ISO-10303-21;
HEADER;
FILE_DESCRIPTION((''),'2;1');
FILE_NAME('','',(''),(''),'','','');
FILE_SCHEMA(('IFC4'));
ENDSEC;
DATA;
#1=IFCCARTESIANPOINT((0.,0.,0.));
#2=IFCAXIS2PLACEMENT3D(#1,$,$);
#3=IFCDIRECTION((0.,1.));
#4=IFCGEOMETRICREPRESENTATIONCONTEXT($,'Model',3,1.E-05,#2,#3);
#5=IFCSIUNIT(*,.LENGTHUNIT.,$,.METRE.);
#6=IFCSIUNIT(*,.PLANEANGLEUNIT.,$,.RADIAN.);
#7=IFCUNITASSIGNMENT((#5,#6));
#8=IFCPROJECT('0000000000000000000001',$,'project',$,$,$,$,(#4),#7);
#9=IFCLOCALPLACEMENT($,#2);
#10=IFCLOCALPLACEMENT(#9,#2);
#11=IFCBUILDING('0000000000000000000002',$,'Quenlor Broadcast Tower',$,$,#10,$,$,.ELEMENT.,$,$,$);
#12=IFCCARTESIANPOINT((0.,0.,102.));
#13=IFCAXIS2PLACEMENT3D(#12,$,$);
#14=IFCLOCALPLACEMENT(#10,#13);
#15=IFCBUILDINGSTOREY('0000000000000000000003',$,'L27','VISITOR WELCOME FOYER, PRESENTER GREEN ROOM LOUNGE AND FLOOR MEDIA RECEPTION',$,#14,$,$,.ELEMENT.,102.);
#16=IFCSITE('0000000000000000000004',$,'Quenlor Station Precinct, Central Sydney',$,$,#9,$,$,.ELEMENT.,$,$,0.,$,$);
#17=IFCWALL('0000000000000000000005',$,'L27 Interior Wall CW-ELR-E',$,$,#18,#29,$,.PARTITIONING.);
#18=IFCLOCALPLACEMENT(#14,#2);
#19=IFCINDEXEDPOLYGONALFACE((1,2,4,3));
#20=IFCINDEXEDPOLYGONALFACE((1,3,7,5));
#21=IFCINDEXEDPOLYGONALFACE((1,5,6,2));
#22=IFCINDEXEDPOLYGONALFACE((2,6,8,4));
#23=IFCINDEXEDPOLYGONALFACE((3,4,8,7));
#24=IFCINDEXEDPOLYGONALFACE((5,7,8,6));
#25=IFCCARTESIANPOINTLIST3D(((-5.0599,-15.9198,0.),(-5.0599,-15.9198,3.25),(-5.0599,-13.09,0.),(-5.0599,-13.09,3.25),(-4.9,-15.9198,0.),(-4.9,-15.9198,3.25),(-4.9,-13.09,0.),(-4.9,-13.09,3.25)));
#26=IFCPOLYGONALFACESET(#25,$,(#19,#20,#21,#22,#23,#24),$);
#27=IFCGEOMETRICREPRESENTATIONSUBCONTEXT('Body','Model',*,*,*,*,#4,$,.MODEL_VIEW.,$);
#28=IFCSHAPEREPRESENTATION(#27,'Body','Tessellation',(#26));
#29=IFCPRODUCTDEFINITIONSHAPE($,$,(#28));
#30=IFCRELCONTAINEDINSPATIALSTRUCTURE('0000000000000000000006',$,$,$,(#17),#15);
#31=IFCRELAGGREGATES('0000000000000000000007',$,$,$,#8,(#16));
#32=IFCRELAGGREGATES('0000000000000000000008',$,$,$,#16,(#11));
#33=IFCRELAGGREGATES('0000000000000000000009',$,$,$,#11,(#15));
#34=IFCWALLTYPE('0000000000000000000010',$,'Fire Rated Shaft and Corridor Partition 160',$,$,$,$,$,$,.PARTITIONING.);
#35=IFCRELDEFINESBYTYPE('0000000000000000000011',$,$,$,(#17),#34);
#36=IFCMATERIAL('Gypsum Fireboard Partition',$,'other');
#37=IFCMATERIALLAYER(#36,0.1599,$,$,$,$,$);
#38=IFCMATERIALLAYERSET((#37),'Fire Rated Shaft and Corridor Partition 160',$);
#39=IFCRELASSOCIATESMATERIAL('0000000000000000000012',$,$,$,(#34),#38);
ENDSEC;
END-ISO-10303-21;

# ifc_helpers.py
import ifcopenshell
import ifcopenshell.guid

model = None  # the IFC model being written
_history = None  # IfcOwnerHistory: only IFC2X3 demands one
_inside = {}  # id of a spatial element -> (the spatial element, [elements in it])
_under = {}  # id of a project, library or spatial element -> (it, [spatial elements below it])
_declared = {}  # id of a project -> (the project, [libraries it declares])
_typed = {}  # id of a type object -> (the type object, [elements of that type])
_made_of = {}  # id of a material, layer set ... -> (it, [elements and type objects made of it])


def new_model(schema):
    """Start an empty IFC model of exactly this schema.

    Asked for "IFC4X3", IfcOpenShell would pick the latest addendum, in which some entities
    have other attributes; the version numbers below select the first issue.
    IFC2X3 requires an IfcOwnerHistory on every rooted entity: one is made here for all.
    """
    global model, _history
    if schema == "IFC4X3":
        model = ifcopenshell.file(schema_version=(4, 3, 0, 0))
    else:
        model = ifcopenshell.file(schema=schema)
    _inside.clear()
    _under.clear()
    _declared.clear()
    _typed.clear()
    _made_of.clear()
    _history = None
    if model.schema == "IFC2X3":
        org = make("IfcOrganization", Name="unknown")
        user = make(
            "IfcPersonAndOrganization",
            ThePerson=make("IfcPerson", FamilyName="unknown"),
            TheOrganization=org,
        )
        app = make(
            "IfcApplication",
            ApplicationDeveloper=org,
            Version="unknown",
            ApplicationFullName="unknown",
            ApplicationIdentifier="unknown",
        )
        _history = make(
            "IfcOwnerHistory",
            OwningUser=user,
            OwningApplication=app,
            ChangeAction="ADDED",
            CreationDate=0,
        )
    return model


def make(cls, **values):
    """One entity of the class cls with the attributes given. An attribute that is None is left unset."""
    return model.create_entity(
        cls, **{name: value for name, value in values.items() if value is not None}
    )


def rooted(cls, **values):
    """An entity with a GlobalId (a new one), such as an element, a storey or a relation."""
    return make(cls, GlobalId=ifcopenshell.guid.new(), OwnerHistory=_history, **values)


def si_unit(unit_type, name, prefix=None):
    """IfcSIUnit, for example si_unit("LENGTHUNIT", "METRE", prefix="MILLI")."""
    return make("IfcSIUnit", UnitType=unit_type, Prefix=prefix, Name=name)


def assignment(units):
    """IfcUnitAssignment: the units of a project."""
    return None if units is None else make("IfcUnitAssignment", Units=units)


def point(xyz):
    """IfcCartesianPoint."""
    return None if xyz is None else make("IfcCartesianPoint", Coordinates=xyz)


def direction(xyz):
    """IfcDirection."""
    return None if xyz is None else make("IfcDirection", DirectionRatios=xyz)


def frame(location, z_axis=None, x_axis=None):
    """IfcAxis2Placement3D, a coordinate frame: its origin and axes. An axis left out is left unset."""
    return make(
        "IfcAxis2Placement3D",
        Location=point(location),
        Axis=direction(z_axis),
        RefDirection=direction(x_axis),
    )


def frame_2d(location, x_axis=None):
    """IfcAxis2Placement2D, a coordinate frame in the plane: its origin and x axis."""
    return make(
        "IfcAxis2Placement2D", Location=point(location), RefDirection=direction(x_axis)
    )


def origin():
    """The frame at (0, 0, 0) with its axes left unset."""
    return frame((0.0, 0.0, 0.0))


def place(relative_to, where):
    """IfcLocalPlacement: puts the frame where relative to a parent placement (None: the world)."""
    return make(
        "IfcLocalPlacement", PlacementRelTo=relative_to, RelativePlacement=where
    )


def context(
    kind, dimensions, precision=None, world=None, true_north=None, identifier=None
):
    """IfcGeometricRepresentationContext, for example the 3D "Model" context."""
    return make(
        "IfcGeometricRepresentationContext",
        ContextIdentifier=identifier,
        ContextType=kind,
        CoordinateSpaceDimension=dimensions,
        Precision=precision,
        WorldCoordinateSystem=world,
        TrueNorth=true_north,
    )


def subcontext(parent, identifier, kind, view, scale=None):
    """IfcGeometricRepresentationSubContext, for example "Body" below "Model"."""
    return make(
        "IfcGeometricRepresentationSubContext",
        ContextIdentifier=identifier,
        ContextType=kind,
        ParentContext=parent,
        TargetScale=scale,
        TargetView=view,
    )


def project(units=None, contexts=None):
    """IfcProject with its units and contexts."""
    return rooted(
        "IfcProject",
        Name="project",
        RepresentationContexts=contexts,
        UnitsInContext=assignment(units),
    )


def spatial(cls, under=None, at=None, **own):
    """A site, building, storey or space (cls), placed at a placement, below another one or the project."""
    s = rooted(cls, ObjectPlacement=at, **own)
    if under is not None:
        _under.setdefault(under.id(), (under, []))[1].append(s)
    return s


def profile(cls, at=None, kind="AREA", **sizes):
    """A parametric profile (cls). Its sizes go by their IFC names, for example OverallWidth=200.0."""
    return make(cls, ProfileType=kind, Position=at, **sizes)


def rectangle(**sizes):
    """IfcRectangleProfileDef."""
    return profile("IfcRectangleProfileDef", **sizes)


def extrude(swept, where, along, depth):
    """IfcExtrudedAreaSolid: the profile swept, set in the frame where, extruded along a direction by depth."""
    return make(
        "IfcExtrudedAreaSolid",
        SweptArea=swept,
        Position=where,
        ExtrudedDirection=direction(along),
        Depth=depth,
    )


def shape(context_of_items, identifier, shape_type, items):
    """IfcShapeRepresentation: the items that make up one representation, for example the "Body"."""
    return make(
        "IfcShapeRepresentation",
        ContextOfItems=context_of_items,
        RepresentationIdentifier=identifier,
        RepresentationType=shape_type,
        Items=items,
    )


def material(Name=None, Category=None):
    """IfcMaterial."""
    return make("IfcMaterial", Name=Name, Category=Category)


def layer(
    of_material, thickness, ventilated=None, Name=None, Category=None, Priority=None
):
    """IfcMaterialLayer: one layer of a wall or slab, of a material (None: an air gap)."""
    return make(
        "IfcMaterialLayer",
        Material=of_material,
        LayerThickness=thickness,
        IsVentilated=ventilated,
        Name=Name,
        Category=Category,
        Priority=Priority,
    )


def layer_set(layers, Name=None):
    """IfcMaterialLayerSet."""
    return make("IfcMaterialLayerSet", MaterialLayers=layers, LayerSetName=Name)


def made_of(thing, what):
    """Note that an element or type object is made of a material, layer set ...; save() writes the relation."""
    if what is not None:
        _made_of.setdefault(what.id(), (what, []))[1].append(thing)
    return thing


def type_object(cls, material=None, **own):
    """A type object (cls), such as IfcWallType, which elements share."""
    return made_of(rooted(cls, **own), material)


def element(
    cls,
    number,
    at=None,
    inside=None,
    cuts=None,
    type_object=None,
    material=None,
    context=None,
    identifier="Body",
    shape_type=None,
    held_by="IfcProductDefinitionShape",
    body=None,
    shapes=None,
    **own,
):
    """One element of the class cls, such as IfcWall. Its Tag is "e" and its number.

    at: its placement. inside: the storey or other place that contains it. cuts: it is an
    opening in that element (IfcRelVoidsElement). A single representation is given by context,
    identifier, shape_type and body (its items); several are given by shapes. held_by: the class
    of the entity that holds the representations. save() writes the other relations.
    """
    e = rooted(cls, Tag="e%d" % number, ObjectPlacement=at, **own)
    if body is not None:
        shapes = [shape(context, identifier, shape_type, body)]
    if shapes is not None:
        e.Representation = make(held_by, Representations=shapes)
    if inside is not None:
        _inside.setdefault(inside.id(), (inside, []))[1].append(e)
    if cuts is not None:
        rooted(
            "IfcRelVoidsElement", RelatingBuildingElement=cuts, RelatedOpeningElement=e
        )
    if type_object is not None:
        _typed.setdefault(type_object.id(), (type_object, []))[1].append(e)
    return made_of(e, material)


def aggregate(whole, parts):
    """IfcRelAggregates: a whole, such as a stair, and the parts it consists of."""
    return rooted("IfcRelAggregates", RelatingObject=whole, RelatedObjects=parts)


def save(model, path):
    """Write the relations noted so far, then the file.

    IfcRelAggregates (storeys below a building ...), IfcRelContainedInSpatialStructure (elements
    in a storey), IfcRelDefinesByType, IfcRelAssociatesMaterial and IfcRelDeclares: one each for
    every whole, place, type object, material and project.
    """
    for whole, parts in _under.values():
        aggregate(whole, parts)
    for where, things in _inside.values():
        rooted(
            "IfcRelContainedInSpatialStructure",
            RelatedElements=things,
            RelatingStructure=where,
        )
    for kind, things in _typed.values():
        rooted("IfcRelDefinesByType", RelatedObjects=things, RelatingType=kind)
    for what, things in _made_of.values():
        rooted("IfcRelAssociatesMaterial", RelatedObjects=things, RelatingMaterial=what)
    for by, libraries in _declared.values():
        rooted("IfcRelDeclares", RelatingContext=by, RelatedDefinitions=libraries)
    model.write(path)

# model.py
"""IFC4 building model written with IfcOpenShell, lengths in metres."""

from ifc_helpers import new_model, si_unit, direction, frame, frame_2d, origin, place, context, subcontext, project, spatial, rectangle, extrude, material, layer, layer_set, type_object, element, save


model = new_model("IFC4")

# Units and contexts
model_context = context("Model", 3, precision=1e-05, world=origin(), true_north=direction((0.0, 1.0)))
body_context = subcontext(model_context, "Body", "Model", "MODEL_VIEW")
ifc_project = project(units=[si_unit("LENGTHUNIT", "METRE"), si_unit("PLANEANGLEUNIT", "RADIAN")], contexts=[model_context])

# Site, building, storey
site_placement = place(None, origin())
site = spatial("IfcSite", under=ifc_project, at=site_placement, Name="Quenlor Station Precinct, Central Sydney", CompositionType="ELEMENT", RefElevation=0.0)
building_placement = place(site_placement, origin())
building = spatial("IfcBuilding", under=site, at=building_placement, Name="Quenlor Broadcast Tower", CompositionType="ELEMENT")
storey_placement = place(building_placement, frame((0.0, 0.0, 102.0)))
storey = spatial("IfcBuildingStorey", under=building, at=storey_placement, Name="L27", Description="VISITOR WELCOME FOYER, PRESENTER GREEN ROOM LOUNGE AND FLOOR MEDIA RECEPTION", CompositionType="ELEMENT", Elevation=102.0)

# Wall
ifc_material_1 = material(Name="Gypsum Fireboard Partition", Category="other")
ifc_layer_1 = layer(ifc_material_1, 0.1599)
ifc_layer_set_1 = layer_set([ifc_layer_1], Name="Fire Rated Shaft and Corridor Partition 160")
wall_type_1 = type_object("IfcWallType", Name="Fire Rated Shaft and Corridor Partition 160", PredefinedType="PARTITIONING", material=ifc_layer_set_1)
wall_1_placement = place(storey_placement, frame((-4.98, -15.9199, 0.0), z_axis=(0.0, 0.0, 1.0), x_axis=(0.0, 1.0, 0.0)))
element("IfcWall", 1, at=wall_1_placement, inside=storey, type_object=wall_type_1, Name="L27 Interior Wall CW-ELR-E", PredefinedType="PARTITIONING", context=body_context, shape_type="SweptSolid", body=[
    extrude(rectangle(XDim=2.8298, YDim=0.1599, at=frame_2d((1.415, 0.0))), origin(), (0.0, 0.0, 1.0), 3.25),
])

save(model, "model.ifc")
